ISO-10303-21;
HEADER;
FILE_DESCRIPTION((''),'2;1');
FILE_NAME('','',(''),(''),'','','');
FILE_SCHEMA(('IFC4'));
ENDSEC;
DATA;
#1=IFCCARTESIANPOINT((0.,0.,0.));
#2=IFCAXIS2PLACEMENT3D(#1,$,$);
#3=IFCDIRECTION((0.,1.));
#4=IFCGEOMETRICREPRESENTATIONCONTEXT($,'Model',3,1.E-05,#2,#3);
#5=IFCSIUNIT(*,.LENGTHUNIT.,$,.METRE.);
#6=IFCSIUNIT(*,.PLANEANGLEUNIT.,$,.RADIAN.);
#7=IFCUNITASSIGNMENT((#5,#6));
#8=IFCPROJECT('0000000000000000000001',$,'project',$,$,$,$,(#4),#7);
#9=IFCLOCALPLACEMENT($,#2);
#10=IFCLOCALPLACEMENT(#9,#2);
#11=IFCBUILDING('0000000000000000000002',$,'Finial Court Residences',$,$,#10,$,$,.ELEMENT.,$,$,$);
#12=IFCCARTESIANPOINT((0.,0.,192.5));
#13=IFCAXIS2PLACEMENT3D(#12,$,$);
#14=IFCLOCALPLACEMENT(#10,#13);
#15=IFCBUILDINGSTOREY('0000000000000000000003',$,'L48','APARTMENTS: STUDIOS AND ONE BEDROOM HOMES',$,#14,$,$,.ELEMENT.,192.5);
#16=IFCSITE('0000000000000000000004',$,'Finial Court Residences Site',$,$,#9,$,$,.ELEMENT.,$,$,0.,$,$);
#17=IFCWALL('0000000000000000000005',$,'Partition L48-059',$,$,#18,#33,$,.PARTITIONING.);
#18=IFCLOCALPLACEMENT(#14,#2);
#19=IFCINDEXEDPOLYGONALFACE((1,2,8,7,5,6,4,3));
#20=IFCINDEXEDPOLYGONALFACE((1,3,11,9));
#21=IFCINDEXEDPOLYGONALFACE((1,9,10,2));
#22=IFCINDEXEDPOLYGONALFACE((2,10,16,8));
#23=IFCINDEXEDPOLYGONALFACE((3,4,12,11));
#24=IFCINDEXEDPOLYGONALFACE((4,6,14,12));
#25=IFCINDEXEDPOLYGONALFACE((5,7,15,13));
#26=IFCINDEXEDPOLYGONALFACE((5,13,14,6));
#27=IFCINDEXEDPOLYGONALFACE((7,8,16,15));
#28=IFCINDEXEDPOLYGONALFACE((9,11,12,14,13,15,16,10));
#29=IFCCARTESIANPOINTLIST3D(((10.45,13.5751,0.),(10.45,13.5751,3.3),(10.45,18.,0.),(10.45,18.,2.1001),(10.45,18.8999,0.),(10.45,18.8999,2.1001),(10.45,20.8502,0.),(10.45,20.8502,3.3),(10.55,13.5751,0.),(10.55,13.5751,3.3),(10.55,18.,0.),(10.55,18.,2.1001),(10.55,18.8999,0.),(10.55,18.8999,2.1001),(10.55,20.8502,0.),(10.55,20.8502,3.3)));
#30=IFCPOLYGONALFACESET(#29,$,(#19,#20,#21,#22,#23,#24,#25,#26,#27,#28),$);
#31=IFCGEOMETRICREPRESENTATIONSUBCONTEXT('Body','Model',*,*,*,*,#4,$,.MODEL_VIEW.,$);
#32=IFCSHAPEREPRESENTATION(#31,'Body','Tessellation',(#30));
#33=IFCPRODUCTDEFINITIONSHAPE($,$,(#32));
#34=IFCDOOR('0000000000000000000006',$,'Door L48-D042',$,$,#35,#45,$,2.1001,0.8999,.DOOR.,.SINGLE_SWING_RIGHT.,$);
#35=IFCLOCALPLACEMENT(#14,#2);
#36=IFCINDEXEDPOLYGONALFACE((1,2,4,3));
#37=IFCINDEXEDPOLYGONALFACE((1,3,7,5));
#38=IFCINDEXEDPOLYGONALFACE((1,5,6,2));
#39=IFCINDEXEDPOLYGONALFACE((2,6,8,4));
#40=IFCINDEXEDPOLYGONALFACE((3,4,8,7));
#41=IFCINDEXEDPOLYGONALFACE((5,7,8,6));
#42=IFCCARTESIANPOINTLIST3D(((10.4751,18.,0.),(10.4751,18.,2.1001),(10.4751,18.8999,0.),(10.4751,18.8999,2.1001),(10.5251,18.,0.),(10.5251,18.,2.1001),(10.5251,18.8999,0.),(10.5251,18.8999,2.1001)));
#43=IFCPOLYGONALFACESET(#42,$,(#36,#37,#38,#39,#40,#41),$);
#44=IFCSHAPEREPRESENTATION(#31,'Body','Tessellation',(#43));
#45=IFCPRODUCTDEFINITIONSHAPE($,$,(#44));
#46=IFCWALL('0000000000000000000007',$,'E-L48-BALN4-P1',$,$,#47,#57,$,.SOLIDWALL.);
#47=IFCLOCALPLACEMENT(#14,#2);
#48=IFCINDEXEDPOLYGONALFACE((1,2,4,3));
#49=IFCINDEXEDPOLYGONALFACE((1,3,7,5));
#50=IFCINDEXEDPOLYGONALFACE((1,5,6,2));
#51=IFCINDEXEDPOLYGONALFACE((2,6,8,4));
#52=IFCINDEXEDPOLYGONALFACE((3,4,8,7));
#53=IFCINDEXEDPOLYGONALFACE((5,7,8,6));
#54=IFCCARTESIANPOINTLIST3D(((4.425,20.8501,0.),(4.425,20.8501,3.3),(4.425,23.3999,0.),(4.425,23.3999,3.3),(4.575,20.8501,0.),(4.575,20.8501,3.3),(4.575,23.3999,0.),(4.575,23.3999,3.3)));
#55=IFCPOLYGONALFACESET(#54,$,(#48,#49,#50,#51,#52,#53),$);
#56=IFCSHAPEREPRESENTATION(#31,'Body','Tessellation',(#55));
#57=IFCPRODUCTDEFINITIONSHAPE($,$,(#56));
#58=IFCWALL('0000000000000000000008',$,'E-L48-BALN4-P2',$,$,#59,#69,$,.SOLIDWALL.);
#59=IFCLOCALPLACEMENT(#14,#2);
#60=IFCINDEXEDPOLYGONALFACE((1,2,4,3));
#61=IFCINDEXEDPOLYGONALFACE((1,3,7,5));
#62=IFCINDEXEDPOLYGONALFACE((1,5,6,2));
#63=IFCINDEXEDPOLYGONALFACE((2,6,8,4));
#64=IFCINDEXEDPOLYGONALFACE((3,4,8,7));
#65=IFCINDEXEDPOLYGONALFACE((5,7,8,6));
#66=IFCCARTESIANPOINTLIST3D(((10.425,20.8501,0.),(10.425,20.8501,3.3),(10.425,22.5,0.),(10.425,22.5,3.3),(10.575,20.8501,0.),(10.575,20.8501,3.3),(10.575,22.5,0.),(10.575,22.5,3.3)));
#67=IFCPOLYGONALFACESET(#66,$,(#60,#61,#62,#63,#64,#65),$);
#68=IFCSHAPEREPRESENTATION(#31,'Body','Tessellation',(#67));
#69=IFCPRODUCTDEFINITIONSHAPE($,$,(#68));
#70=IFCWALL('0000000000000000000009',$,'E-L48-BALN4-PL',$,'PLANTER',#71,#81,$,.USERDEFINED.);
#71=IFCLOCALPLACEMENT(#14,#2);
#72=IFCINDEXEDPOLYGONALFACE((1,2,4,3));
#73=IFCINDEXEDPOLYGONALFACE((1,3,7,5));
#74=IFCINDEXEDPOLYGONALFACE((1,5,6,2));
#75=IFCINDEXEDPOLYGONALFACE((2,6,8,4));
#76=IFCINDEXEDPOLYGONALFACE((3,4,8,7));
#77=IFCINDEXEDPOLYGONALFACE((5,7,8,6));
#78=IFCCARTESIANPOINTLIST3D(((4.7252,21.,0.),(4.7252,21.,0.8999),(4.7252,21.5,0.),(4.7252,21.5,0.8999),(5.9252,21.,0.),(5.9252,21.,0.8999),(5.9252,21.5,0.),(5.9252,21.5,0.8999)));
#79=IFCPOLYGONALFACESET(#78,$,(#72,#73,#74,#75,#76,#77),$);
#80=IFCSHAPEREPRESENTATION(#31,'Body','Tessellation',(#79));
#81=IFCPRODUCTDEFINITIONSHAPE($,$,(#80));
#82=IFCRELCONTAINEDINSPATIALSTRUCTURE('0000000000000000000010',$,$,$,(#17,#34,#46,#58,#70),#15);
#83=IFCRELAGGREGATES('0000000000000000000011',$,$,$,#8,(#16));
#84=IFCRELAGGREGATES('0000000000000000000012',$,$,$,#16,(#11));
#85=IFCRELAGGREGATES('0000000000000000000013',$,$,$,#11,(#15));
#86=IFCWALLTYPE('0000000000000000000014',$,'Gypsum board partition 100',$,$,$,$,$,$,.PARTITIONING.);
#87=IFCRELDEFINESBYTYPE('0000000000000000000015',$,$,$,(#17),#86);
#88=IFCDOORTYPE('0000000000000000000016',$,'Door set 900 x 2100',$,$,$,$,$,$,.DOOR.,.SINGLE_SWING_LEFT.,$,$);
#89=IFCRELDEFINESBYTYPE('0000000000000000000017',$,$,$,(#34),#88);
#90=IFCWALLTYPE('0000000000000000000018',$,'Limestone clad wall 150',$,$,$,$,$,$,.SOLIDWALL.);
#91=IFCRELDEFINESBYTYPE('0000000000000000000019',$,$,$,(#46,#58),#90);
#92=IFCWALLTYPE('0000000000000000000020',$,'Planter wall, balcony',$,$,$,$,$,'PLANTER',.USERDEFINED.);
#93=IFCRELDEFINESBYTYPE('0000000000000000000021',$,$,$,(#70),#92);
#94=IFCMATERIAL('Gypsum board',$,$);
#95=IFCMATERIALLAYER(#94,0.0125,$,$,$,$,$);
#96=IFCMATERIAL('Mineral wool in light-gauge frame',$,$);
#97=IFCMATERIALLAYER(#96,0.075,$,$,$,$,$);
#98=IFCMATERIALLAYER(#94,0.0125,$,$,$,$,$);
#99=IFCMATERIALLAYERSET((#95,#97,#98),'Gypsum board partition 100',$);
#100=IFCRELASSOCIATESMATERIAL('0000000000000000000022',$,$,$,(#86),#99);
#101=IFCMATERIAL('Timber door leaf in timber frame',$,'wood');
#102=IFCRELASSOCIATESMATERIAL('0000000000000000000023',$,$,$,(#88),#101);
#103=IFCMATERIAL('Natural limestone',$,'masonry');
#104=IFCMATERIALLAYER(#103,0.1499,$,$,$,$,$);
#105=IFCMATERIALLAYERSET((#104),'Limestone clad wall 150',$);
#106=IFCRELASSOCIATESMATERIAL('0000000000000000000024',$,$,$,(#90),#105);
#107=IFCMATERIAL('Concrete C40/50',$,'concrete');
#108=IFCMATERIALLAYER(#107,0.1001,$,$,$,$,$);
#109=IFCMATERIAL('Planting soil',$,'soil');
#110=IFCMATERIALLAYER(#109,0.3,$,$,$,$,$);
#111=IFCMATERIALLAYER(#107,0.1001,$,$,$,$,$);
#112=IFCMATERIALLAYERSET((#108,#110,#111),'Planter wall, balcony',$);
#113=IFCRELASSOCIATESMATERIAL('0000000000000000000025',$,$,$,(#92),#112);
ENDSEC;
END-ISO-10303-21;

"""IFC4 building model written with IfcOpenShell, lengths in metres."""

from ifc_helpers import new_model, si_unit, direction, frame, frame_2d, origin, place, context, subcontext, project, spatial, rectangle, extrude, material, layer, layer_set, type_object, element, fill, save


model = new_model("IFC4")

# Units and contexts
model_context = context("Model", 3, precision=1e-05, world=origin(), true_north=direction((0.0, 1.0)))
body_context = subcontext(model_context, "Body", "Model", "MODEL_VIEW")
ifc_project = project(units=[si_unit("LENGTHUNIT", "METRE"), si_unit("PLANEANGLEUNIT", "RADIAN")], contexts=[model_context])

# Site, building, storey
site_placement = place(None, origin())
site = spatial("IfcSite", under=ifc_project, at=site_placement, Name="Finial Court Residences Site", CompositionType="ELEMENT", RefElevation=0.0)
building_placement = place(site_placement, origin())
building = spatial("IfcBuilding", under=site, at=building_placement, Name="Finial Court Residences", CompositionType="ELEMENT")
storey_placement = place(building_placement, frame((0.0, 0.0, 192.5)))
storey = spatial("IfcBuildingStorey", under=building, at=storey_placement, Name="L48", Description="APARTMENTS: STUDIOS AND ONE BEDROOM HOMES", CompositionType="ELEMENT", Elevation=192.5)

# Wall, opening, door
ifc_material_1 = material(Name="Gypsum board")
ifc_layer_1 = layer(ifc_material_1, 0.0125)
ifc_material_2 = material(Name="Mineral wool in light-gauge frame")
ifc_layer_2 = layer(ifc_material_2, 0.075)
ifc_layer_3 = layer(ifc_material_1, 0.0125)
ifc_layer_set_1 = layer_set([ifc_layer_1, ifc_layer_2, ifc_layer_3], Name="Gypsum board partition 100")
wall_type_1 = type_object("IfcWallType", Name="Gypsum board partition 100", PredefinedType="PARTITIONING", material=ifc_layer_set_1)
ifc_material_3 = material(Name="Timber door leaf in timber frame", Category="wood")
door_type_1 = type_object("IfcDoorType", Name="Door set 900 x 2100", OperationType="SINGLE_SWING_LEFT", PredefinedType="DOOR", material=ifc_material_3)
wall_1_placement = place(storey_placement, frame((10.5, 13.575, 0.0), z_axis=(0.0, 0.0, 1.0), x_axis=(0.0, 1.0, 0.0)))
wall_1 = element("IfcWall", 1, at=wall_1_placement, inside=storey, type_object=wall_type_1, Name="Partition L48-059", PredefinedType="PARTITIONING", context=body_context, shape_type="SweptSolid", body=[
    extrude(rectangle(XDim=7.2751, YDim=0.1001, at=frame_2d((3.6377, 0.0))), origin(), (0.0, 0.0, 1.0), 3.3),
])
opening_1_placement = place(wall_1_placement, frame((4.425, 0.0, 0.0)))
opening_1 = element("IfcOpeningElement", 2, at=opening_1_placement, cuts=wall_1, PredefinedType="OPENING", context=body_context, shape_type="SweptSolid", body=[
    extrude(rectangle(XDim=0.8999, YDim=2.1001, at=frame_2d((0.45, 1.05))), frame((0.0, 0.0601, 0.0), z_axis=(0.0, -1.0, 0.0), x_axis=(1.0, 0.0, 0.0)), (0.0, 0.0, 1.0), 0.1201),
])
door_1_placement = place(opening_1_placement, origin())
door_1 = element("IfcDoor", 3, at=door_1_placement, inside=storey, type_object=door_type_1, Name="Door L48-D042", OperationType="SINGLE_SWING_RIGHT", OverallHeight=2.1001, OverallWidth=0.8999, PredefinedType="DOOR", context=body_context, shape_type="SweptSolid", body=[
    extrude(rectangle(XDim=0.8999, YDim=2.1001, at=frame_2d((0.45, 1.05))), frame((0.0, 0.0249, 0.0), z_axis=(0.0, -1.0, 0.0), x_axis=(1.0, 0.0, 0.0)), (0.0, 0.0, 1.0), 0.05),
])
fill(opening_1, door_1)

# Walls
ifc_material_4 = material(Name="Natural limestone", Category="masonry")
ifc_layer_4 = layer(ifc_material_4, 0.1499)
ifc_layer_set_2 = layer_set([ifc_layer_4], Name="Limestone clad wall 150")
wall_type_2 = type_object("IfcWallType", Name="Limestone clad wall 150", PredefinedType="SOLIDWALL", material=ifc_layer_set_2)
wall_2_placement = place(storey_placement, frame((4.5, 20.8501, 0.0), z_axis=(0.0, 0.0, 1.0), x_axis=(0.0, 1.0, 0.0)))
element("IfcWall", 4, at=wall_2_placement, inside=storey, type_object=wall_type_2, Name="E-L48-BALN4-P1", PredefinedType="SOLIDWALL", context=body_context, shape_type="SweptSolid", body=[
    extrude(rectangle(XDim=2.5498, YDim=0.1499, at=frame_2d((1.2749, 0.0))), origin(), (0.0, 0.0, 1.0), 3.3),
])
wall_3_placement = place(storey_placement, frame((10.5, 20.8501, 0.0), z_axis=(0.0, 0.0, 1.0), x_axis=(0.0, 1.0, 0.0)))
element("IfcWall", 5, at=wall_3_placement, inside=storey, type_object=wall_type_2, Name="E-L48-BALN4-P2", PredefinedType="SOLIDWALL", context=body_context, shape_type="SweptSolid", body=[
    extrude(rectangle(XDim=1.6499, YDim=0.1499, at=frame_2d((0.825, 0.0))), origin(), (0.0, 0.0, 1.0), 3.3),
])

# Wall
ifc_material_5 = material(Name="Concrete C40/50", Category="concrete")
ifc_layer_5 = layer(ifc_material_5, 0.1001)
ifc_material_6 = material(Name="Planting soil", Category="soil")
ifc_layer_6 = layer(ifc_material_6, 0.3)
ifc_layer_7 = layer(ifc_material_5, 0.1001)
ifc_layer_set_3 = layer_set([ifc_layer_5, ifc_layer_6, ifc_layer_7], Name="Planter wall, balcony")
wall_type_3 = type_object("IfcWallType", Name="Planter wall, balcony", ElementType="PLANTER", PredefinedType="USERDEFINED", material=ifc_layer_set_3)
wall_4_placement = place(storey_placement, frame((4.7251, 21.25, 0.0), z_axis=(0.0, 0.0, 1.0), x_axis=(1.0, 0.0, 0.0)))
element("IfcWall", 6, at=wall_4_placement, inside=storey, type_object=wall_type_3, Name="E-L48-BALN4-PL", ObjectType="PLANTER", PredefinedType="USERDEFINED", context=body_context, shape_type="SweptSolid", body=[
    extrude(rectangle(XDim=1.2, YDim=0.5, at=frame_2d((0.6001, 0.0))), origin(), (0.0, 0.0, 1.0), 0.8999),
])

save(model, "model.ifc")
